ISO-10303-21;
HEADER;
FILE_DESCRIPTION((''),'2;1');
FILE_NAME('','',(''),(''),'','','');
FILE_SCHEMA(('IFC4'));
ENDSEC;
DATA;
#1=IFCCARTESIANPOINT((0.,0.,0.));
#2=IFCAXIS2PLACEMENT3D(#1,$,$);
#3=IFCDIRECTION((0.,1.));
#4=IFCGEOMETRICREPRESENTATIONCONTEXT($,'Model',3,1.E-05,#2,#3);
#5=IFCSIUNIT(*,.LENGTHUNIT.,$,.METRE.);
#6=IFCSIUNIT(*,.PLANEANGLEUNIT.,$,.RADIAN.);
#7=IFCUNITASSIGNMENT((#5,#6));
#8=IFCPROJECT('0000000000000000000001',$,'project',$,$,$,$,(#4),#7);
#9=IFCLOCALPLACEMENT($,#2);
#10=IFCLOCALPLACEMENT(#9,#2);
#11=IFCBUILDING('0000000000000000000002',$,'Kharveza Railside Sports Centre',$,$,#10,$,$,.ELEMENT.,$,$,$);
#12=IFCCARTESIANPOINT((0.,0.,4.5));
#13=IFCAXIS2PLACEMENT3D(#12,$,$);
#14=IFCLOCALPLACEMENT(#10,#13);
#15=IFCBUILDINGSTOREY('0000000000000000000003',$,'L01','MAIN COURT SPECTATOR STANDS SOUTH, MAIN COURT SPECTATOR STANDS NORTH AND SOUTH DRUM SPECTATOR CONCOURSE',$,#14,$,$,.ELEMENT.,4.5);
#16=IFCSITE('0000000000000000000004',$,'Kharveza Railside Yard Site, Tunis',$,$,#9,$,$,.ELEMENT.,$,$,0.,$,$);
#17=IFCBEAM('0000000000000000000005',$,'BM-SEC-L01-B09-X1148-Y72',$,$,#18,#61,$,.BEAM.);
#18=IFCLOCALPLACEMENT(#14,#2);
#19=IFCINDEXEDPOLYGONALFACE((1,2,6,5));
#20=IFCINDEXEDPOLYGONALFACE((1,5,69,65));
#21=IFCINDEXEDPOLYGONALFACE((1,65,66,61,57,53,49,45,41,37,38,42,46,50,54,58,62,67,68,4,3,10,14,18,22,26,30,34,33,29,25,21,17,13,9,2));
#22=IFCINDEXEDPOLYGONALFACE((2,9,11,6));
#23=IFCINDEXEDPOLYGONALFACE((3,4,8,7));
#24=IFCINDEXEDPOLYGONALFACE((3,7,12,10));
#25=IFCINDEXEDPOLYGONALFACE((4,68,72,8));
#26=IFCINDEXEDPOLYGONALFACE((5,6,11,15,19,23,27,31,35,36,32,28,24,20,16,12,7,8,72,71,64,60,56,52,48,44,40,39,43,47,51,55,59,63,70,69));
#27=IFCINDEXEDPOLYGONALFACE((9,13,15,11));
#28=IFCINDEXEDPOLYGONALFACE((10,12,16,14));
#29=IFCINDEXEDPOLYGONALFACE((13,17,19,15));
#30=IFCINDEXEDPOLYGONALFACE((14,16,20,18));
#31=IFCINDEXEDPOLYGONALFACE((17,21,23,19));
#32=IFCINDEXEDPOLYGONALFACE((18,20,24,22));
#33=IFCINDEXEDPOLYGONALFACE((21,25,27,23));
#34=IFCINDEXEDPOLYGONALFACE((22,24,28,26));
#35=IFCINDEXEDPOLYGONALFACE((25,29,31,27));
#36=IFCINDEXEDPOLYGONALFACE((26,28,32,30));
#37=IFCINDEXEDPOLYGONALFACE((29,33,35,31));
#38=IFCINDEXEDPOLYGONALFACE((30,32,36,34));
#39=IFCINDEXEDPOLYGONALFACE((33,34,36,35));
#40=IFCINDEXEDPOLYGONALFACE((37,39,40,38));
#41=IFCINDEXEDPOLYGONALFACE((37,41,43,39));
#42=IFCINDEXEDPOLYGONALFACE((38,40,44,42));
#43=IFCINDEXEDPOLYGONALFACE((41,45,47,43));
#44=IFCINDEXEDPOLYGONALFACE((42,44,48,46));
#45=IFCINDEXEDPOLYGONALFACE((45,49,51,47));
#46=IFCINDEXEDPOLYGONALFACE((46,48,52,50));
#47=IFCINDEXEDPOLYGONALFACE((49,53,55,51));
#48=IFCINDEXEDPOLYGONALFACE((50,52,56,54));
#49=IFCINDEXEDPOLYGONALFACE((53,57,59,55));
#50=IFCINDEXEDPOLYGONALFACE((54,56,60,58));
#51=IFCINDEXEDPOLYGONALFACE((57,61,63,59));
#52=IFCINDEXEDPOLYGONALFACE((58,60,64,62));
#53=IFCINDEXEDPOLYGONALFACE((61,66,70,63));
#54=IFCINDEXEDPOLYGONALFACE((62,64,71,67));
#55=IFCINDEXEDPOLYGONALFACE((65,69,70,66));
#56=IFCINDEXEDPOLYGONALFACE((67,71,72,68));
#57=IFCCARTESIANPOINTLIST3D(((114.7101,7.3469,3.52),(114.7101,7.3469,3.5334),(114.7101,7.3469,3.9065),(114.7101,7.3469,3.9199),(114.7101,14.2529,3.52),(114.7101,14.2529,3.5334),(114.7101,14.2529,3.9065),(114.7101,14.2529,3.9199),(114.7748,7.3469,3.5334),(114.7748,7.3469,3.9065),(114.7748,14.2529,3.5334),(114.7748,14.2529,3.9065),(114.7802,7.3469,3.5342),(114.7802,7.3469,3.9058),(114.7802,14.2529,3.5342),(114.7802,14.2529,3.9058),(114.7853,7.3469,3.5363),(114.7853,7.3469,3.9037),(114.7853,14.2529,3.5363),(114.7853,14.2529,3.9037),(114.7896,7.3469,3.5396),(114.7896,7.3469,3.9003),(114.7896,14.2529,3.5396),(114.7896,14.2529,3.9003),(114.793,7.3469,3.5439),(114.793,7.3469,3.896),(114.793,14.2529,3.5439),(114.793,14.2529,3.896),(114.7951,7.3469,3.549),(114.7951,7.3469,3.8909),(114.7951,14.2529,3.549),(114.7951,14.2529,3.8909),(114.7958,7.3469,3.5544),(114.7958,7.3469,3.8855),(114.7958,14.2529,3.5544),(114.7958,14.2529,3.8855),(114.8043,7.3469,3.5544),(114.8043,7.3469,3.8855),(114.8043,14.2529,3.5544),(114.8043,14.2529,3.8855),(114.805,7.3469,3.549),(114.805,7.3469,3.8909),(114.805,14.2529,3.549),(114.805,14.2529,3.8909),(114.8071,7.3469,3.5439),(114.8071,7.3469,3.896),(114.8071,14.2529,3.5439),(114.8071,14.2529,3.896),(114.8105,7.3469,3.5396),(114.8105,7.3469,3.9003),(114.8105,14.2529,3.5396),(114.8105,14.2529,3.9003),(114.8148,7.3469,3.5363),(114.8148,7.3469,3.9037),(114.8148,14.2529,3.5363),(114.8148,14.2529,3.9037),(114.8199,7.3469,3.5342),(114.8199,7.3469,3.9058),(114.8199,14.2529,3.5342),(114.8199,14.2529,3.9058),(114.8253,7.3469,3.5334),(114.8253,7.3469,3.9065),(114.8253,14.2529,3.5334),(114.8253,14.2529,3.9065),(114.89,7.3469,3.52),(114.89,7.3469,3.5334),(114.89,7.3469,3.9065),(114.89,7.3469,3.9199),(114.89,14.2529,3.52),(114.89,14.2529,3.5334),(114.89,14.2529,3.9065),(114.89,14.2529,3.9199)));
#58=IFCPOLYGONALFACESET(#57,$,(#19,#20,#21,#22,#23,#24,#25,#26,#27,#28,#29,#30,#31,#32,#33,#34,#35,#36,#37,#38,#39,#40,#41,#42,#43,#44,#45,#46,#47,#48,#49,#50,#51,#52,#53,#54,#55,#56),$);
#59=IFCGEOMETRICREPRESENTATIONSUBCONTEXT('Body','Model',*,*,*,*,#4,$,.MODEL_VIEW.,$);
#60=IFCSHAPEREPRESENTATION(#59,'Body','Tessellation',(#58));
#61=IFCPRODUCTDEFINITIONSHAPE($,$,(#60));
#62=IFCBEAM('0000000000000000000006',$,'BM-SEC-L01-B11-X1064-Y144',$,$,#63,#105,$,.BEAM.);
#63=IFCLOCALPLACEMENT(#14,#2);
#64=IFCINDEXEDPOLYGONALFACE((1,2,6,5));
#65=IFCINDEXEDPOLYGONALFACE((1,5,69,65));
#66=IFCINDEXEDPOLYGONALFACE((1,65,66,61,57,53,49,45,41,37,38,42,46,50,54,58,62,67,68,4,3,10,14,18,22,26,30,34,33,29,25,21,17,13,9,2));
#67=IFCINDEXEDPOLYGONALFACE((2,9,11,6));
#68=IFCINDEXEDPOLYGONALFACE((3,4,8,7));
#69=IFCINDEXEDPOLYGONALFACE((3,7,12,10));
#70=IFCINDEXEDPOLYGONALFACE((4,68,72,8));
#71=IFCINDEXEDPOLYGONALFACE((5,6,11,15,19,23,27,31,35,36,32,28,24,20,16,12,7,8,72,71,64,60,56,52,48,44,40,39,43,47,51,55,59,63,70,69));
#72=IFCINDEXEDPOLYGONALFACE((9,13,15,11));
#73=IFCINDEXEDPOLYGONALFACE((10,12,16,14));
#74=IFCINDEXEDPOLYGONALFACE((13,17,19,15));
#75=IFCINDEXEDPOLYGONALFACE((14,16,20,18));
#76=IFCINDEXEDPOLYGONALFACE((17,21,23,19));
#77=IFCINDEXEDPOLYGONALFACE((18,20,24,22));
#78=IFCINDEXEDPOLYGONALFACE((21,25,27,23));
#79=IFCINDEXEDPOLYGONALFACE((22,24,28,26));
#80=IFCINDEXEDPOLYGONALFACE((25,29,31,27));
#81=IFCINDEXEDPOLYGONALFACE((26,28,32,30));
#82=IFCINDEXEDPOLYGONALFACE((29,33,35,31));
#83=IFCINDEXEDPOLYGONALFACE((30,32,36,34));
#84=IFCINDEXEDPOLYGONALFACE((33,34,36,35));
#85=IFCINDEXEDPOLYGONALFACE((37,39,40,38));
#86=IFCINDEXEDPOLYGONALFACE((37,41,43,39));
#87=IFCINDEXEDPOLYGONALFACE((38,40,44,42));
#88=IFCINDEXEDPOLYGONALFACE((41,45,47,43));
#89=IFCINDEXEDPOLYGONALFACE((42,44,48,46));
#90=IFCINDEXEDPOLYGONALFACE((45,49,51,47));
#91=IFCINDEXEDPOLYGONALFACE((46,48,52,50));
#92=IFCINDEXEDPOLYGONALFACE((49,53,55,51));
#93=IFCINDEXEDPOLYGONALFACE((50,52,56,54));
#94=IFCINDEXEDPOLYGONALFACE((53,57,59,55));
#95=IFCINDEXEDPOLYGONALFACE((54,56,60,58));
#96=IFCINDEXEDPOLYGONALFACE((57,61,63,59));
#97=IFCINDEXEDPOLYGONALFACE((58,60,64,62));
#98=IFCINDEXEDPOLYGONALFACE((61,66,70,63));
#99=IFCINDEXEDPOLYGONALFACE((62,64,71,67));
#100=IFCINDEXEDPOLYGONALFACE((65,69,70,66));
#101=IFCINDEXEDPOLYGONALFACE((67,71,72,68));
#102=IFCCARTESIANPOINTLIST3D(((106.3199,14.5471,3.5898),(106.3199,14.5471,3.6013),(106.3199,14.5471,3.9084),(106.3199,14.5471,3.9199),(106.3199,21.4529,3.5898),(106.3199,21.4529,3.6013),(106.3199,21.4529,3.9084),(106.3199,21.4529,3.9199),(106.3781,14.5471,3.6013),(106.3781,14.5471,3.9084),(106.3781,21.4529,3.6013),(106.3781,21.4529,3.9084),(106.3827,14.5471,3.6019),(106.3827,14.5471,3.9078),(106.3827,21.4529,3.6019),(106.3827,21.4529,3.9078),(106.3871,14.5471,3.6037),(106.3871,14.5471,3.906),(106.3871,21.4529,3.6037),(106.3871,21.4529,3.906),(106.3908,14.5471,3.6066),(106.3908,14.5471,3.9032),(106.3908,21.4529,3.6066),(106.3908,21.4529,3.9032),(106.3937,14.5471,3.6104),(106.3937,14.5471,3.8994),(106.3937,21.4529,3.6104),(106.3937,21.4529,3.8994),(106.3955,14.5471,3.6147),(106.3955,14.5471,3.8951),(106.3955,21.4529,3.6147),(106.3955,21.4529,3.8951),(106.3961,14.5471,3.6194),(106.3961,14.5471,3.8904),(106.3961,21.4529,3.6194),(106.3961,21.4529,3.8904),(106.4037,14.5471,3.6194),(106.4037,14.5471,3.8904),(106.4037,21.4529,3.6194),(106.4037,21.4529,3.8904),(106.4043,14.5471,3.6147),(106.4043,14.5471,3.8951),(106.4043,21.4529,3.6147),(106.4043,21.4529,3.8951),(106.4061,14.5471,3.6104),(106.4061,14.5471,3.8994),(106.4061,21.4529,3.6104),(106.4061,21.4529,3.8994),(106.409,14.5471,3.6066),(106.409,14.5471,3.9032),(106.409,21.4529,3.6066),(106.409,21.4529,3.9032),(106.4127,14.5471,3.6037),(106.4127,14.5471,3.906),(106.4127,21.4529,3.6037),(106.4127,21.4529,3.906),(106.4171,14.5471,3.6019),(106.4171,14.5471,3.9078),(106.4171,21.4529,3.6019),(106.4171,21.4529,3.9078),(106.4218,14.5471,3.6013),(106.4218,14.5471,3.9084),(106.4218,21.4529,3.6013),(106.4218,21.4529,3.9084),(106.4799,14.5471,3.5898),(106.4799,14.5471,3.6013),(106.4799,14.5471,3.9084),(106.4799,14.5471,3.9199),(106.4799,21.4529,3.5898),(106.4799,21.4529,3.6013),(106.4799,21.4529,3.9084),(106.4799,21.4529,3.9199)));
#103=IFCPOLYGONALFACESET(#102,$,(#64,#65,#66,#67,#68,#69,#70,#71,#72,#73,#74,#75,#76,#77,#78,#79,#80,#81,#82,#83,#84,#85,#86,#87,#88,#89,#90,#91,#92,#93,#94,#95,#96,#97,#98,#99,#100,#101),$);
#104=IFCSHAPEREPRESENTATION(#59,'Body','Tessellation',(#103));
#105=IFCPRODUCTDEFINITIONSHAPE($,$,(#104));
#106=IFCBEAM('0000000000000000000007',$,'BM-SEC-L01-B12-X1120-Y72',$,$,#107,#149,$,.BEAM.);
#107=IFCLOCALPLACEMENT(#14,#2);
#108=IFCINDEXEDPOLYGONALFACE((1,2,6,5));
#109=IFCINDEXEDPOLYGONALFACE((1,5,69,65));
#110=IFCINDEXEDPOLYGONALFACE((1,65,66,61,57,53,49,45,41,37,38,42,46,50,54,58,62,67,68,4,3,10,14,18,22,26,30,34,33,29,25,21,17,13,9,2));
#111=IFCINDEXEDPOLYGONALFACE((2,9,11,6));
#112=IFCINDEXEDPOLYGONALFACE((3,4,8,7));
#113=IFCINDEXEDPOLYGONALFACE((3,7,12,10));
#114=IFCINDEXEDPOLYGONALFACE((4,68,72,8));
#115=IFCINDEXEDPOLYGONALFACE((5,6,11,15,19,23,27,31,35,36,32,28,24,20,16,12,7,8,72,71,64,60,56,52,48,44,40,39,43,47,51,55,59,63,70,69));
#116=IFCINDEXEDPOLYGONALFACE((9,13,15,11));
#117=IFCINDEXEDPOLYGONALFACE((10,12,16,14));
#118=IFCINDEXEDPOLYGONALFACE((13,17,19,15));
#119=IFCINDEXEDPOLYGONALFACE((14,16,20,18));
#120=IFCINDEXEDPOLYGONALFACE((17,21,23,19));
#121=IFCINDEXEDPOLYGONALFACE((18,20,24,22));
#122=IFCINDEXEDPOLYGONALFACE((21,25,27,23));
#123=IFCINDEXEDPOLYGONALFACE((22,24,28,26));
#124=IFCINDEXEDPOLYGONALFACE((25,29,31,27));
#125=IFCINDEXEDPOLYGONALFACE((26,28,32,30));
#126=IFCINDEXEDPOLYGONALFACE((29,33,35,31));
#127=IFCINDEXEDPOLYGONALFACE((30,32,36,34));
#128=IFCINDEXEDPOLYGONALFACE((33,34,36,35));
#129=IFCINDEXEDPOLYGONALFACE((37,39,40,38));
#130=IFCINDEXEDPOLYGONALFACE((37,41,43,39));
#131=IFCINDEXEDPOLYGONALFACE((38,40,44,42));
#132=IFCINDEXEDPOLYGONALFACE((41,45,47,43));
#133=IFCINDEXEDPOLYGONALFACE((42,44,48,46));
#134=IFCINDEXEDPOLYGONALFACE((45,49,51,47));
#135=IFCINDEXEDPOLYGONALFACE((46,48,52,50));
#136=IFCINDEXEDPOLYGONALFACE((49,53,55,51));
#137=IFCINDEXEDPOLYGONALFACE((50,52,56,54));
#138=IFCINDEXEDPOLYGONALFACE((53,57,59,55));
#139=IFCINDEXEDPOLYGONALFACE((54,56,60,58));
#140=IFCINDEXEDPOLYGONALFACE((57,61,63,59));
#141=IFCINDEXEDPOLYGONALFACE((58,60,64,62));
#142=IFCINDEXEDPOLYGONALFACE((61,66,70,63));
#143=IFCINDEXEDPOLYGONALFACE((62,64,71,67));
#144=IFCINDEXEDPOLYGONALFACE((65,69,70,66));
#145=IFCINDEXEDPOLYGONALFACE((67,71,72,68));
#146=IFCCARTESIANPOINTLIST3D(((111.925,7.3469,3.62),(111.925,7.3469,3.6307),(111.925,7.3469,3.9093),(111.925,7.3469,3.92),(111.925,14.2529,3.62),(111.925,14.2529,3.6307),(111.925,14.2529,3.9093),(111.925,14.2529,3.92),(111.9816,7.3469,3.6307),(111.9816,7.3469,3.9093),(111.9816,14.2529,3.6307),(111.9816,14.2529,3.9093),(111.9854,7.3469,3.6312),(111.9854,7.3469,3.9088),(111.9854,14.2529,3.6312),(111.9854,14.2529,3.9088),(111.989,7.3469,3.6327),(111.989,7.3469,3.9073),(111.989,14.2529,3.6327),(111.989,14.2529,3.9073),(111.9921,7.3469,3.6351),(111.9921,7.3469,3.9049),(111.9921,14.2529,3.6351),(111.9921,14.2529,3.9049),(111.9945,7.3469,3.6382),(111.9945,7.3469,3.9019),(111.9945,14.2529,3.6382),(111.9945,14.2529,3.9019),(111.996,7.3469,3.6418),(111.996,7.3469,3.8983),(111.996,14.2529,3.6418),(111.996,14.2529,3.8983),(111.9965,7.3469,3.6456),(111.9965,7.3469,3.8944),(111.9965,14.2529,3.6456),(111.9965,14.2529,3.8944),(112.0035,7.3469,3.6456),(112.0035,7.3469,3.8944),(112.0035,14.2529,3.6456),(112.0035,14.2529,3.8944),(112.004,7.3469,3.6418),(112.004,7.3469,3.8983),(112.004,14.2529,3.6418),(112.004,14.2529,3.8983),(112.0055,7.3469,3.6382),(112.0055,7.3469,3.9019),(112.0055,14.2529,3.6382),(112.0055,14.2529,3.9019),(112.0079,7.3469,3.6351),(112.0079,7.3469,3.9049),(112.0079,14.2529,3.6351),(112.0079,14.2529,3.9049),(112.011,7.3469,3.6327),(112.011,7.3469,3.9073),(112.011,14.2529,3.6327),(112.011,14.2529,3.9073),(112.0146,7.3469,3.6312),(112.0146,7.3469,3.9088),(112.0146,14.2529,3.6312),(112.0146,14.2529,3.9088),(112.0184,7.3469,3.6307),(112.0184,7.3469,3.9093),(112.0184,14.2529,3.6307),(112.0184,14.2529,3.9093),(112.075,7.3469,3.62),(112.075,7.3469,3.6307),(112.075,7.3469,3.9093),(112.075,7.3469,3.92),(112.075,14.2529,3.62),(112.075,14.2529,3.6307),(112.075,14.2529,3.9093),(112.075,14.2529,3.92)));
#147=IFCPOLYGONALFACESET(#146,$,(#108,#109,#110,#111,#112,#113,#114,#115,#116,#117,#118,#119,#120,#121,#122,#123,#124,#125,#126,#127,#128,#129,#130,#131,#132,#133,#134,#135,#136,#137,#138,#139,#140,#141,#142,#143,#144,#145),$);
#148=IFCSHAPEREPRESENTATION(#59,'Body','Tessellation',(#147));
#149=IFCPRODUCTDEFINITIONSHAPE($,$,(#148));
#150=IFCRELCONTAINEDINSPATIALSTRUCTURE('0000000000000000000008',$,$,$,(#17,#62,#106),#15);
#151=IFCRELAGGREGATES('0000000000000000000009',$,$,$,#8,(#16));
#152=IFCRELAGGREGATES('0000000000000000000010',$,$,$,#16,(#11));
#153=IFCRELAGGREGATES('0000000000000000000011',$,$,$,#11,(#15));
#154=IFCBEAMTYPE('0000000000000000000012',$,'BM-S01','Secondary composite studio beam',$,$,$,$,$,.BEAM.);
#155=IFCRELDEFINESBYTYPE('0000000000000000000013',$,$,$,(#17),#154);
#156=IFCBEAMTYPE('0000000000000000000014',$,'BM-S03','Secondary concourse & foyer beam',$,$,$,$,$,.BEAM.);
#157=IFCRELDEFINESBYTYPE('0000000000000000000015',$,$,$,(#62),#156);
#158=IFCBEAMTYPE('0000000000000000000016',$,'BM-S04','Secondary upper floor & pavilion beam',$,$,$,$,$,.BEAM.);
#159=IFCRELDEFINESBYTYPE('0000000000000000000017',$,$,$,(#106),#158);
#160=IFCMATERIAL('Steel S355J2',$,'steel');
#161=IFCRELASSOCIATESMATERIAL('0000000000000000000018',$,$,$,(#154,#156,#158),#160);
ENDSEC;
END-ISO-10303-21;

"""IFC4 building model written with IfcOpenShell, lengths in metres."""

from ifc_helpers import new_model, si_unit, direction, frame, origin, origin_2d, place, context, subcontext, project, spatial, i_section, extrude, material, material_profile, profile_set, type_object, element, save


model = new_model("IFC4")

# Units and contexts
model_context = context("Model", 3, precision=1e-05, world=origin(), true_north=direction((0.0, 1.0)))
body_context = subcontext(model_context, "Body", "Model", "MODEL_VIEW")
ifc_project = project(units=[si_unit("LENGTHUNIT", "METRE"), si_unit("PLANEANGLEUNIT", "RADIAN")], contexts=[model_context])

# Site, building, storey
site_placement = place(None, origin())
site = spatial("IfcSite", under=ifc_project, at=site_placement, Name="Kharveza Railside Yard Site, Tunis", CompositionType="ELEMENT", RefElevation=0.0)
building_placement = place(site_placement, origin())
building = spatial("IfcBuilding", under=site, at=building_placement, Name="Kharveza Railside Sports Centre", CompositionType="ELEMENT")
storey_placement = place(building_placement, frame((0.0, 0.0, 4.5)))
storey = spatial("IfcBuildingStorey", under=building, at=storey_placement, Name="L01", Description="MAIN COURT SPECTATOR STANDS SOUTH, MAIN COURT SPECTATOR STANDS NORTH AND SOUTH DRUM SPECTATOR CONCOURSE", CompositionType="ELEMENT", Elevation=4.5)

# Shared definitions
ifc_material_1 = material(Name="Steel S355J2", Category="steel")

# Beams
ifc_material_profile_1 = material_profile(ifc_material_1, i_section(OverallWidth=0.1799, OverallDepth=0.3999, WebThickness=0.0085, FlangeThickness=0.0134, FilletRadius=0.021, at=origin_2d()), Name="IPE 400")
ifc_profile_set_1 = profile_set([ifc_material_profile_1], Name="Steel S355J2")
beam_type_1 = type_object("IfcBeamType", Name="BM-S01", Description="Secondary composite studio beam", PredefinedType="BEAM", material=ifc_profile_set_1)
beam_1_placement = place(storey_placement, frame((114.8, 7.3469, 3.72), z_axis=(0.0, 1.0, 0.0), x_axis=(-1.0, 0.0, 0.0)))
element("IfcBeam", 1, at=beam_1_placement, inside=storey, type_object=beam_type_1, Name="BM-SEC-L01-B09-X1148-Y72", PredefinedType="BEAM", context=body_context, shape_type="SweptSolid", body=[
    extrude(i_section(OverallWidth=0.1799, OverallDepth=0.3999, WebThickness=0.0085, FlangeThickness=0.0134, FilletRadius=0.021, at=origin_2d()), origin(), (0.0, 0.0, 1.0), 6.906),
])
ifc_material_profile_2 = material_profile(ifc_material_1, i_section(OverallWidth=0.1599, OverallDepth=0.3301, WebThickness=0.0076, FlangeThickness=0.0115, FilletRadius=0.0181, at=origin_2d()), Name="IPE 330")
ifc_profile_set_2 = profile_set([ifc_material_profile_2], Name="Steel S355J2")
beam_type_2 = type_object("IfcBeamType", Name="BM-S03", Description="Secondary concourse & foyer beam", PredefinedType="BEAM", material=ifc_profile_set_2)
beam_2_placement = place(storey_placement, frame((106.3999, 14.5471, 3.7549), z_axis=(0.0, 1.0, 0.0), x_axis=(-1.0, 0.0, 0.0)))
element("IfcBeam", 2, at=beam_2_placement, inside=storey, type_object=beam_type_2, Name="BM-SEC-L01-B11-X1064-Y144", PredefinedType="BEAM", context=body_context, shape_type="SweptSolid", body=[
    extrude(i_section(OverallWidth=0.1599, OverallDepth=0.3301, WebThickness=0.0076, FlangeThickness=0.0115, FilletRadius=0.0181, at=origin_2d()), origin(), (0.0, 0.0, 1.0), 6.9058),
])
ifc_material_profile_3 = material_profile(ifc_material_1, i_section(OverallWidth=0.1499, OverallDepth=0.3, WebThickness=0.0071, FlangeThickness=0.0107, FilletRadius=0.0149, at=origin_2d()), Name="IPE 300")
ifc_profile_set_3 = profile_set([ifc_material_profile_3], Name="Steel S355J2")
beam_type_3 = type_object("IfcBeamType", Name="BM-S04", Description="Secondary upper floor & pavilion beam", PredefinedType="BEAM", material=ifc_profile_set_3)
beam_3_placement = place(storey_placement, frame((112.0, 7.3469, 3.77), z_axis=(0.0, 1.0, 0.0), x_axis=(-1.0, 0.0, 0.0)))
element("IfcBeam", 3, at=beam_3_placement, inside=storey, type_object=beam_type_3, Name="BM-SEC-L01-B12-X1120-Y72", PredefinedType="BEAM", context=body_context, shape_type="SweptSolid", body=[
    extrude(i_section(OverallWidth=0.1499, OverallDepth=0.3, WebThickness=0.0071, FlangeThickness=0.0107, FilletRadius=0.0149, at=origin_2d()), origin(), (0.0, 0.0, 1.0), 6.906),
])

save(model, "model.ifc")
